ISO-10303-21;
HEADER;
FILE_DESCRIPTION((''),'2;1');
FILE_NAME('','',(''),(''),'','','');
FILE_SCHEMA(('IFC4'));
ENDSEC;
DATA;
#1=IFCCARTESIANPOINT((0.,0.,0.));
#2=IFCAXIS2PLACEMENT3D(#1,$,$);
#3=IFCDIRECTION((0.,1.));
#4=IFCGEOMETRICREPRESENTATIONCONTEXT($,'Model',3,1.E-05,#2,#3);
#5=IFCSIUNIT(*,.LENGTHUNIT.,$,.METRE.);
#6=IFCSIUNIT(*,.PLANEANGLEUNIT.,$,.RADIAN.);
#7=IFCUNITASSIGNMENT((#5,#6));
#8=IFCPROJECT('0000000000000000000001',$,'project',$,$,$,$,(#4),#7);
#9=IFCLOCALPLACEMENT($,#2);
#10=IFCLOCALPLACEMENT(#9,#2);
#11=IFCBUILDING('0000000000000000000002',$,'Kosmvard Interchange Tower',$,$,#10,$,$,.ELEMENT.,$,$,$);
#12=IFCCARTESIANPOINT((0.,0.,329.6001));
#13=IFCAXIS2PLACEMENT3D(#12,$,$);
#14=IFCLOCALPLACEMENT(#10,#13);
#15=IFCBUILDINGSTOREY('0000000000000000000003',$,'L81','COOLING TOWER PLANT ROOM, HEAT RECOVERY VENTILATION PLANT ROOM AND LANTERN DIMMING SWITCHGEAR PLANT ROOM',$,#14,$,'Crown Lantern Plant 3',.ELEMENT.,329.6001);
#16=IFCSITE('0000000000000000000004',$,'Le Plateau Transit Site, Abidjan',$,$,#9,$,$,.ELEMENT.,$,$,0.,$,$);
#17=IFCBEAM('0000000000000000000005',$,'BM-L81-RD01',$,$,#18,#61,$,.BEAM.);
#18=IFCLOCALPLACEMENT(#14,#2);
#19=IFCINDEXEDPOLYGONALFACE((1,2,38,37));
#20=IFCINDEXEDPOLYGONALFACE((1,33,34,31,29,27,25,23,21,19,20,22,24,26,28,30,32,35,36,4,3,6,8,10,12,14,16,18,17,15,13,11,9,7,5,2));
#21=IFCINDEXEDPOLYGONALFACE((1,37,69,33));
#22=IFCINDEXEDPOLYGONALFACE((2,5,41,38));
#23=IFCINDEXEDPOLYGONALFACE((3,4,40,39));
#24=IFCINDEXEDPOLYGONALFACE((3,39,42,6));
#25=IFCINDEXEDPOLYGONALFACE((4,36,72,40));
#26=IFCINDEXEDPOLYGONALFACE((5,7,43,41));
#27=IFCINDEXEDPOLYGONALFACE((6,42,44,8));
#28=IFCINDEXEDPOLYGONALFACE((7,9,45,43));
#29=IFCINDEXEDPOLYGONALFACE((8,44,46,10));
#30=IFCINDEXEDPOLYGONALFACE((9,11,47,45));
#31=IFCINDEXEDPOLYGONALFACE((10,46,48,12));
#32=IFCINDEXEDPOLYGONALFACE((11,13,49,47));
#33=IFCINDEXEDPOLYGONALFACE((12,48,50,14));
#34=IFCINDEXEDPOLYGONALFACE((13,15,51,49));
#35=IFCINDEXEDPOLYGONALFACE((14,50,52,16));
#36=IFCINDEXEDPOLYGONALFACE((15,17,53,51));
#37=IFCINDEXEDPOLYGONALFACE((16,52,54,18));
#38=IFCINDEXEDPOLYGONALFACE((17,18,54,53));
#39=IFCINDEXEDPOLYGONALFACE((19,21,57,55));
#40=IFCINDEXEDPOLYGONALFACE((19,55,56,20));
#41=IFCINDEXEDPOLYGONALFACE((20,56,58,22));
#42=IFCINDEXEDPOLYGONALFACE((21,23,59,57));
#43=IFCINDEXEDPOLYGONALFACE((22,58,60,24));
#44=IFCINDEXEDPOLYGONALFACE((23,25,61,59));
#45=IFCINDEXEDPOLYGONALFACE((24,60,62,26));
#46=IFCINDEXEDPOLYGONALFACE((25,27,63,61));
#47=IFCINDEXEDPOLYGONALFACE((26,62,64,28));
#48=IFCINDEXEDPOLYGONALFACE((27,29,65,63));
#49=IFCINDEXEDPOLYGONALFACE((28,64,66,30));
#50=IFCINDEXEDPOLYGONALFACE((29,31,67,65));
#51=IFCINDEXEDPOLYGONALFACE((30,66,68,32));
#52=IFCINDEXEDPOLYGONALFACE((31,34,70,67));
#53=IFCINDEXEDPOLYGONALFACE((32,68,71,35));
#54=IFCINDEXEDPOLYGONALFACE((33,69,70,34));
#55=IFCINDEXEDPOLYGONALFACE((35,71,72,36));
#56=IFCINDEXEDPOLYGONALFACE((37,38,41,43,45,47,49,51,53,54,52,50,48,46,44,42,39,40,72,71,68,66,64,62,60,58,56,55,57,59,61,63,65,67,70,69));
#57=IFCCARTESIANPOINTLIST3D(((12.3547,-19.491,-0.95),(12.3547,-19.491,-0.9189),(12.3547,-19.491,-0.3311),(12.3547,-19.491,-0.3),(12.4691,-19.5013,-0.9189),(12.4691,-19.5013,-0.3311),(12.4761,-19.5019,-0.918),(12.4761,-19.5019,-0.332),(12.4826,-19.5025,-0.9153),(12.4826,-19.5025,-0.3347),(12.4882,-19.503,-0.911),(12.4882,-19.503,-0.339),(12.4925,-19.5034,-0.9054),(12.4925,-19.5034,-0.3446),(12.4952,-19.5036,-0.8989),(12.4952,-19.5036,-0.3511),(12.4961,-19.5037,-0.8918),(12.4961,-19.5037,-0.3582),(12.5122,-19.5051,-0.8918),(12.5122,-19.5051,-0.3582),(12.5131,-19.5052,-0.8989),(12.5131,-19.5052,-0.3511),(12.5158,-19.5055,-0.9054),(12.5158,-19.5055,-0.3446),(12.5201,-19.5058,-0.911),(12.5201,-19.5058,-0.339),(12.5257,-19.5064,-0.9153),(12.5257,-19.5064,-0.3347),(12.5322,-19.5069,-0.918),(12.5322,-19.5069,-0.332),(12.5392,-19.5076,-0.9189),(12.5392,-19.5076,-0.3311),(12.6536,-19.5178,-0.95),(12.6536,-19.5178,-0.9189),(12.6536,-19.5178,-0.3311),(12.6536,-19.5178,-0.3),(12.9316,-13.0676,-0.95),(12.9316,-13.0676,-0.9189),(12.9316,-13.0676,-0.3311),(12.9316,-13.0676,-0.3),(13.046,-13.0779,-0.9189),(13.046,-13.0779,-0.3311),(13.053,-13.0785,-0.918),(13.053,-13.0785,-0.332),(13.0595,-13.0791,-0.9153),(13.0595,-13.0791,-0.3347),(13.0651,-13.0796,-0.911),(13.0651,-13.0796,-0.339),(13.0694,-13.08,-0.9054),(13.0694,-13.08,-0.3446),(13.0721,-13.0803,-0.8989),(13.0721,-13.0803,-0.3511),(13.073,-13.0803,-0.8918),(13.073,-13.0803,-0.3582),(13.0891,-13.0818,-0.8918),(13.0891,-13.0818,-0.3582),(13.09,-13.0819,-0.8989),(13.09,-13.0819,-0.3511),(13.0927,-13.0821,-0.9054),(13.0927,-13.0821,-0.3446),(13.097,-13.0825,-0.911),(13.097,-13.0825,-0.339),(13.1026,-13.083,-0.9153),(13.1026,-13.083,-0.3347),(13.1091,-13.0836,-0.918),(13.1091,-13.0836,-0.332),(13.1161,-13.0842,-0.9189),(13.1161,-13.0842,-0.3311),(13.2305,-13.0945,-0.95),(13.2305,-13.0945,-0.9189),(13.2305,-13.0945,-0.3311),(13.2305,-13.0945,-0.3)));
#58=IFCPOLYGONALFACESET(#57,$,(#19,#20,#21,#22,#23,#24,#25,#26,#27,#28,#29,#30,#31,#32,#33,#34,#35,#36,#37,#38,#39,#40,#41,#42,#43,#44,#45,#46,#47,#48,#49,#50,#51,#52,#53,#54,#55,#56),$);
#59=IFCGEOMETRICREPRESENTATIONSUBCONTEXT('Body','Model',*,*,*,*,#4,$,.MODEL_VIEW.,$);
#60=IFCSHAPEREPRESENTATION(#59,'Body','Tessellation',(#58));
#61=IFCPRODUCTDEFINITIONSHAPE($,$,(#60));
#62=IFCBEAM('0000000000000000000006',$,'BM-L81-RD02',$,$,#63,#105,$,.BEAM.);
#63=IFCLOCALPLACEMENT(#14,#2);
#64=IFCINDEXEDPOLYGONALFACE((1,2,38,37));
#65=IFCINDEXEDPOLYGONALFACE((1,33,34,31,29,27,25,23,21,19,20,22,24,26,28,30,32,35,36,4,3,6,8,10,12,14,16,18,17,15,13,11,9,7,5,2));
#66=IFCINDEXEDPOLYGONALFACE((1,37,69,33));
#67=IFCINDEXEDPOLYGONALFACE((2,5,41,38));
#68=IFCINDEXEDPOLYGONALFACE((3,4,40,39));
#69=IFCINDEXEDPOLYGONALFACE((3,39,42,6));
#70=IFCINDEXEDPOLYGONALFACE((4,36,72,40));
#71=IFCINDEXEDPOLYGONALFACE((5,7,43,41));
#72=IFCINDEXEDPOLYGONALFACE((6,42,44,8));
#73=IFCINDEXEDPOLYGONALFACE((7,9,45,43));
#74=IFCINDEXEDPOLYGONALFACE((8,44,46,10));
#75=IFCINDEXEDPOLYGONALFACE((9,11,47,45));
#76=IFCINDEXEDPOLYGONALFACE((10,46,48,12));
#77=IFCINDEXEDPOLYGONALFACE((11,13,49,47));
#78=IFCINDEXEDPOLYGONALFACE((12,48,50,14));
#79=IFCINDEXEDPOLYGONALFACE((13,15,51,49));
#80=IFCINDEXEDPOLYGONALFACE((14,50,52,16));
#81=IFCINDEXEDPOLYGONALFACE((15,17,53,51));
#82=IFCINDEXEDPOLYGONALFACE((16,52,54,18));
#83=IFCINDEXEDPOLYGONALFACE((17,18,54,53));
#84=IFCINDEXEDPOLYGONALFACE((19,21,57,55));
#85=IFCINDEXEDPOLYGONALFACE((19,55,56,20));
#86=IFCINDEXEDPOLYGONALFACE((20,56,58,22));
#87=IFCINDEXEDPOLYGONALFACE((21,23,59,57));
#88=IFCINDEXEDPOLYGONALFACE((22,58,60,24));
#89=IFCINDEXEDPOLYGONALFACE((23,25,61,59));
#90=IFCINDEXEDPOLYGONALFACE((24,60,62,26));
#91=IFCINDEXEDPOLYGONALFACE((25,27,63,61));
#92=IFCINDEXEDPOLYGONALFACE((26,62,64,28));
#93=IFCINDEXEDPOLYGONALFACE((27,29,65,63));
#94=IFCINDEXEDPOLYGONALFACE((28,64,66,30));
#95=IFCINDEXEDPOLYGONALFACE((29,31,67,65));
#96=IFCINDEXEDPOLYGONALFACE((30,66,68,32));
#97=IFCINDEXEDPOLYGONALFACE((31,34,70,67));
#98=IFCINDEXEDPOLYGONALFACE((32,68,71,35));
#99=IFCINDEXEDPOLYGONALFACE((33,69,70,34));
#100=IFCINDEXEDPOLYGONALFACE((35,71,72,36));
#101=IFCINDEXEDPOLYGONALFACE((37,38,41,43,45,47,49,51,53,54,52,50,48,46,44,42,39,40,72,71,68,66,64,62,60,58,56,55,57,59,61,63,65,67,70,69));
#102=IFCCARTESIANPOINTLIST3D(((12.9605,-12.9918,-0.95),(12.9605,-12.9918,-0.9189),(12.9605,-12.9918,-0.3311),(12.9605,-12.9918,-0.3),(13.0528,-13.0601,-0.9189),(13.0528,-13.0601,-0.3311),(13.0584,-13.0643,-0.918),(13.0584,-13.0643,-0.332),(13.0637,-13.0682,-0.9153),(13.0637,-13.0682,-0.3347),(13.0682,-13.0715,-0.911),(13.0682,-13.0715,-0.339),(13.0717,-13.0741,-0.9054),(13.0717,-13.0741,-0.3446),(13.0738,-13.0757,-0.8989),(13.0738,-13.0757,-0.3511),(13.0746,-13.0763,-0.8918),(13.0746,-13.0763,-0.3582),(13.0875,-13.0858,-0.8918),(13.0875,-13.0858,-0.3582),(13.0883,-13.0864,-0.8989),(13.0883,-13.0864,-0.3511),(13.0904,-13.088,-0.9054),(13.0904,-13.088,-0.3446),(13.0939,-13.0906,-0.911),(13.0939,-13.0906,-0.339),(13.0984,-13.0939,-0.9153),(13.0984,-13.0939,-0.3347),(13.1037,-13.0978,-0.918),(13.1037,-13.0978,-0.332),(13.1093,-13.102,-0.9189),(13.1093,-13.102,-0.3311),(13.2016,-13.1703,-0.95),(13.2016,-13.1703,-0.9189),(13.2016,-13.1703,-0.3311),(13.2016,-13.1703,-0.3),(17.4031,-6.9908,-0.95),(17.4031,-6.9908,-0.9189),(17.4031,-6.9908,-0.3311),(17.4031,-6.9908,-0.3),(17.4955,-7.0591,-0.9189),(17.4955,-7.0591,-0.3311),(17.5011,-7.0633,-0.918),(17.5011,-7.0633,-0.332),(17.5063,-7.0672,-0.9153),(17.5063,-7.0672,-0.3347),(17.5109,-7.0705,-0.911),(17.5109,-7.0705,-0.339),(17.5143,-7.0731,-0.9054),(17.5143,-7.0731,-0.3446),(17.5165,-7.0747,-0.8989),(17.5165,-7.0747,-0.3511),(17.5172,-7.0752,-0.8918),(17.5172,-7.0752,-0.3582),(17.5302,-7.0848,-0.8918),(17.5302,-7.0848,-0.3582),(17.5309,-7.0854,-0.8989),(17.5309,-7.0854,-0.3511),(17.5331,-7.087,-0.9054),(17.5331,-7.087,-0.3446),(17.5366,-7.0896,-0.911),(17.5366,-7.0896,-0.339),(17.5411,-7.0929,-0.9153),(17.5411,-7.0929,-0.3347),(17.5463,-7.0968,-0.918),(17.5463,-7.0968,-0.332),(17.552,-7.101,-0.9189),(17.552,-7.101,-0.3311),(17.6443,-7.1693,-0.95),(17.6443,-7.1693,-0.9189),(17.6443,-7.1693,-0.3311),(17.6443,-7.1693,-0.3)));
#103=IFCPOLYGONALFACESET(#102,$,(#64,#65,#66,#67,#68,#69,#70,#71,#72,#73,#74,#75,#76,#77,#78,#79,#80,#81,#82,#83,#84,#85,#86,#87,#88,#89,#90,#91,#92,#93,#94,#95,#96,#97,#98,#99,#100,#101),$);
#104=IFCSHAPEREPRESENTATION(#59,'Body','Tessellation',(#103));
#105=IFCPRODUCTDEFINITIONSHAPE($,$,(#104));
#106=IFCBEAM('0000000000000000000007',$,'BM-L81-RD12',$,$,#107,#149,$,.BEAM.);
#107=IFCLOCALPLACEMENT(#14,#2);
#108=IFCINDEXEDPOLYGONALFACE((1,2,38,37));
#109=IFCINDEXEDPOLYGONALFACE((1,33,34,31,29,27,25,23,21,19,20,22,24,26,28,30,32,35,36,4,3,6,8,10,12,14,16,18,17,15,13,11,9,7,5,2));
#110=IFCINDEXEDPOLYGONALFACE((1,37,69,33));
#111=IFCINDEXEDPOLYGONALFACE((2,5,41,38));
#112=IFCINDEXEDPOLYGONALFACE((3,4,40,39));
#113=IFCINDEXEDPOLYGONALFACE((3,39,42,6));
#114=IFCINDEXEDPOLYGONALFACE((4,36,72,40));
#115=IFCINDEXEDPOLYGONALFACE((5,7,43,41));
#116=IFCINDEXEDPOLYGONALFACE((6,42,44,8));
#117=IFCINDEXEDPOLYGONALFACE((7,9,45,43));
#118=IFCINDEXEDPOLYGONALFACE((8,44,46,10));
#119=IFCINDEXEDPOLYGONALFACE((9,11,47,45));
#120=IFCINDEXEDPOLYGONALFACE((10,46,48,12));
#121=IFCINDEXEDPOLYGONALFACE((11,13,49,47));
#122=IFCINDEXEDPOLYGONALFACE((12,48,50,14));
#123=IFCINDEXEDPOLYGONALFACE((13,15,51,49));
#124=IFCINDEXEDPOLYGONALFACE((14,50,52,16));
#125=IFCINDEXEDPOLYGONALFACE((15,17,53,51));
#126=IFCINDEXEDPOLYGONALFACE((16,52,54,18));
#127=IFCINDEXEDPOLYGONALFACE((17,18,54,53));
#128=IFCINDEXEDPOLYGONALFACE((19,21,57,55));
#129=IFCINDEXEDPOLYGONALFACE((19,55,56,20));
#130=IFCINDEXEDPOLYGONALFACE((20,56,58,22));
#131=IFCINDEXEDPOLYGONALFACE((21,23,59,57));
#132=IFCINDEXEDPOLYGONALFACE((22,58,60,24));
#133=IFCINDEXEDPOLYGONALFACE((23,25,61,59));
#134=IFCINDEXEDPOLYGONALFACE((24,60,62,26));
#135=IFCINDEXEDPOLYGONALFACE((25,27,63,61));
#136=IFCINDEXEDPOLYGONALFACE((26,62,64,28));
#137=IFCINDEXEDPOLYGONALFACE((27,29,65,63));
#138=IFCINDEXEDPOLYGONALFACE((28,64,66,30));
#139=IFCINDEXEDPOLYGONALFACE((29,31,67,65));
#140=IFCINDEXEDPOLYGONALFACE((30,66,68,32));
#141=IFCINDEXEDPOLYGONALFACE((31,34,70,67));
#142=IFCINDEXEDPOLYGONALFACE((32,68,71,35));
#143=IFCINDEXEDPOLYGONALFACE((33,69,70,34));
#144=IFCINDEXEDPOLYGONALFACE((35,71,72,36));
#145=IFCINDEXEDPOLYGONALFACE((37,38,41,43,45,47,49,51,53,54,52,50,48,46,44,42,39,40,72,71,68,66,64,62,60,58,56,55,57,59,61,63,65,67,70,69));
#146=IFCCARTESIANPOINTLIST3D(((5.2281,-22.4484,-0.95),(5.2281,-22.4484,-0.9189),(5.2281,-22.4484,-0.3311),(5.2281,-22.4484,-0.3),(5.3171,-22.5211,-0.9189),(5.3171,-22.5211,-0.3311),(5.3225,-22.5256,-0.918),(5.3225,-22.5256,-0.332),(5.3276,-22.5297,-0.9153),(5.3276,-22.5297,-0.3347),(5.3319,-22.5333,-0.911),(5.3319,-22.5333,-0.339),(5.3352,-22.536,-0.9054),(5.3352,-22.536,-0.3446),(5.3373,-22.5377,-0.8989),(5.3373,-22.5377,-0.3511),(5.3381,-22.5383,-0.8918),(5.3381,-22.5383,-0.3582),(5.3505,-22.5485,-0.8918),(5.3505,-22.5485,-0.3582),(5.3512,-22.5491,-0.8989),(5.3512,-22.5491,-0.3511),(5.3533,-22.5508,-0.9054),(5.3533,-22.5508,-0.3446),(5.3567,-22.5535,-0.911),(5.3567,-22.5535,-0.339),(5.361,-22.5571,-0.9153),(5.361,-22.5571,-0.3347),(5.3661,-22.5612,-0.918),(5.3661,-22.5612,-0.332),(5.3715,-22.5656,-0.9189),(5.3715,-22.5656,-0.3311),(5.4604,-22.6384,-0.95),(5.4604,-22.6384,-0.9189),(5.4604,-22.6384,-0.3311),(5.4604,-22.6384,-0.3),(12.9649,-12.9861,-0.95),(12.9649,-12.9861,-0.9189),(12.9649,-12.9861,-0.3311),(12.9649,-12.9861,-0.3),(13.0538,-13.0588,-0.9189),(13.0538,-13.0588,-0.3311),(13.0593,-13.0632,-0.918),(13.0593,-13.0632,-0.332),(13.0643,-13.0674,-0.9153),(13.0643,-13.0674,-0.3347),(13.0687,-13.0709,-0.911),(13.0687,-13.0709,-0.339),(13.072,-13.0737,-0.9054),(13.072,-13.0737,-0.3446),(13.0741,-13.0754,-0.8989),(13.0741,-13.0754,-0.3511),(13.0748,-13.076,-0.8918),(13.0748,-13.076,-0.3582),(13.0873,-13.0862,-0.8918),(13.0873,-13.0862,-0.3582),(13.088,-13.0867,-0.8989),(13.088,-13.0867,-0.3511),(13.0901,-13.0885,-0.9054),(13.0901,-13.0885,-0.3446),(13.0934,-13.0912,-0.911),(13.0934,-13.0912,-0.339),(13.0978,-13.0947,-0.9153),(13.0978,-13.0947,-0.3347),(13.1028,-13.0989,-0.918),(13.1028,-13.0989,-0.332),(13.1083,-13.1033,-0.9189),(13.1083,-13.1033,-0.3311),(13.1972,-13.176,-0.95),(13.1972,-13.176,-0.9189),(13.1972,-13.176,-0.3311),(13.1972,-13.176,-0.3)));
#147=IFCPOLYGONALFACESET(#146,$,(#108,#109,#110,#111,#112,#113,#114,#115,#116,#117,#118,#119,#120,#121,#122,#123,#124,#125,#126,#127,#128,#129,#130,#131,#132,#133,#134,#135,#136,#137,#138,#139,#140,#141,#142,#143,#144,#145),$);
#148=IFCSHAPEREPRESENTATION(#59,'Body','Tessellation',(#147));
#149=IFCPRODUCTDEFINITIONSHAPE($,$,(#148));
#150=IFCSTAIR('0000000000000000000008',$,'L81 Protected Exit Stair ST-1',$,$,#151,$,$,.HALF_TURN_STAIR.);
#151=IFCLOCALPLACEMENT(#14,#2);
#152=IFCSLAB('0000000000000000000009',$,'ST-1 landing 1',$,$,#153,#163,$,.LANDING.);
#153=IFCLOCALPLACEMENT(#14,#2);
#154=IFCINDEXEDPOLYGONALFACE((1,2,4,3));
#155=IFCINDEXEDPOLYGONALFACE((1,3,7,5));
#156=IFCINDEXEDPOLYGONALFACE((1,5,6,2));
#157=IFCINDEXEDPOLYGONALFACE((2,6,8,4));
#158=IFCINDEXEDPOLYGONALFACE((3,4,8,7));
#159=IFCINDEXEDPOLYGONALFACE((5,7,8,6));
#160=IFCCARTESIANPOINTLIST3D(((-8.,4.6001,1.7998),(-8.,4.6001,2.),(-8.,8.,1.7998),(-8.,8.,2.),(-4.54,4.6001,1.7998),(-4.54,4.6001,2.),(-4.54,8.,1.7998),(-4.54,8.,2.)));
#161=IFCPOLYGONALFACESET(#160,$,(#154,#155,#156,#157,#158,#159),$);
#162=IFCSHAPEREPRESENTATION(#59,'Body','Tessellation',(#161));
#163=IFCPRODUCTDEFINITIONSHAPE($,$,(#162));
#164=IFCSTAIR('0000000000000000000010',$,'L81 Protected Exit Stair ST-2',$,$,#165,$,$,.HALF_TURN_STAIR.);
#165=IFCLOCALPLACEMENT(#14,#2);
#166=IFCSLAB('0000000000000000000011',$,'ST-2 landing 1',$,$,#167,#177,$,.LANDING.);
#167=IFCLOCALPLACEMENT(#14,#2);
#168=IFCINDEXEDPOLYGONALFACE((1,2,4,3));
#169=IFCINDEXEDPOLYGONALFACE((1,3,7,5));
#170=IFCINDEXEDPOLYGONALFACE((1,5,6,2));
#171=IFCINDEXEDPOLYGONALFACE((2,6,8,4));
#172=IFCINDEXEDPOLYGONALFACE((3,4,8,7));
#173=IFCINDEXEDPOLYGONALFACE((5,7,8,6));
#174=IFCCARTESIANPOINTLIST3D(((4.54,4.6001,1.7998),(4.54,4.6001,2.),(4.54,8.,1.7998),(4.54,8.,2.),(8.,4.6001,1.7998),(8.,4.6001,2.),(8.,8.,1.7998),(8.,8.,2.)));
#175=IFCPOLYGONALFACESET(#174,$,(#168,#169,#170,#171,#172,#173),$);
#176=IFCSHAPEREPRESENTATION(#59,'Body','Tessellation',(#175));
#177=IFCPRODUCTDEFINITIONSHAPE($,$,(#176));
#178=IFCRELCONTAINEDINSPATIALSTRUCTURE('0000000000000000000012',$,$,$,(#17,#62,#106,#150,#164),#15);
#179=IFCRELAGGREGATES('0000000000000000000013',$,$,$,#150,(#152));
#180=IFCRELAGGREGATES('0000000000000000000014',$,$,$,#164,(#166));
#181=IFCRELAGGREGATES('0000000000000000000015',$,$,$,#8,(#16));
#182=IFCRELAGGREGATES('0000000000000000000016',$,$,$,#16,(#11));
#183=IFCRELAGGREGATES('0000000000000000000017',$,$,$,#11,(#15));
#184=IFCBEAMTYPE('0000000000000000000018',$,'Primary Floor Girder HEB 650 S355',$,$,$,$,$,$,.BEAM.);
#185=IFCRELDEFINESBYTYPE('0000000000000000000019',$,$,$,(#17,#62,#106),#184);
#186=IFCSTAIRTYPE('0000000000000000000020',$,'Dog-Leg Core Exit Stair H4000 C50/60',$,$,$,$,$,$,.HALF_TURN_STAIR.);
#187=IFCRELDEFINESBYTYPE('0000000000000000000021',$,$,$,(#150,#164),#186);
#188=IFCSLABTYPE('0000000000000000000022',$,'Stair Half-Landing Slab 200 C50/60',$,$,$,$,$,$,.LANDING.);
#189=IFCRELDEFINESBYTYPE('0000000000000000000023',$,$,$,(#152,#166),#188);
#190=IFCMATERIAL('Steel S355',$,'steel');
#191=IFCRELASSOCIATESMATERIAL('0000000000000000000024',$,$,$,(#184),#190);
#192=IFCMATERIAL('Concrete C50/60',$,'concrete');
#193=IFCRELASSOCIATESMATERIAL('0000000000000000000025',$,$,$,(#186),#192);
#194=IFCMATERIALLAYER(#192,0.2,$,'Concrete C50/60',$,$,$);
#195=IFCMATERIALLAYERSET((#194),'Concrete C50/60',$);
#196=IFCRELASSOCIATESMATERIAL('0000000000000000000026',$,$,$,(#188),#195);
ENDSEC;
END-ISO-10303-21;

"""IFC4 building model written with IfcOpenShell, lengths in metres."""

from ifc_helpers import new_model, si_unit, direction, frame, origin, origin_2d, place, context, subcontext, project, spatial, polyline, i_section, outline, extrude, source, transform, mapped, material, layer, layer_set, material_profile, profile_set, type_object, element, aggregate, save


model = new_model("IFC4")

# Units and contexts
model_context = context("Model", 3, precision=1e-05, world=origin(), true_north=direction((0.0, 1.0)))
body_context = subcontext(model_context, "Body", "Model", "MODEL_VIEW")
ifc_project = project(units=[si_unit("LENGTHUNIT", "METRE"), si_unit("PLANEANGLEUNIT", "RADIAN")], contexts=[model_context])

# Site, building, storey
site_placement = place(None, origin())
site = spatial("IfcSite", under=ifc_project, at=site_placement, Name="Le Plateau Transit Site, Abidjan", CompositionType="ELEMENT", RefElevation=0.0)
building_placement = place(site_placement, origin())
building = spatial("IfcBuilding", under=site, at=building_placement, Name="Kosmvard Interchange Tower", CompositionType="ELEMENT")
storey_placement = place(building_placement, frame((0.0, 0.0, 329.6001)))
storey = spatial("IfcBuildingStorey", under=building, at=storey_placement, Name="L81", Description="COOLING TOWER PLANT ROOM, HEAT RECOVERY VENTILATION PLANT ROOM AND LANTERN DIMMING SWITCHGEAR PLANT ROOM", LongName="Crown Lantern Plant 3", CompositionType="ELEMENT", Elevation=329.6001)

# Shared definitions
ifc_material_1 = material(Name="Concrete C50/60", Category="concrete")

# Beams
ifc_material_2 = material(Name="Steel S355", Category="steel")
ifc_material_profile_1 = material_profile(ifc_material_2, i_section(OverallWidth=0.3, OverallDepth=0.6499, WebThickness=0.0161, FlangeThickness=0.031, FilletRadius=0.0271, at=origin_2d()), Name="HEB 650")
ifc_profile_set_1 = profile_set([ifc_material_profile_1], Name="Steel S355")
beam_type_1 = type_object("IfcBeamType", Name="Primary Floor Girder HEB 650 S355", PredefinedType="BEAM", material=ifc_profile_set_1)
shared_shape_1 = source(origin(), body_context, "Body", "SweptSolid", [
    extrude(i_section(OverallWidth=0.3, OverallDepth=0.6499, WebThickness=0.0161, FlangeThickness=0.031, FilletRadius=0.0271, at=origin_2d()), origin(), (0.0, 0.0, 1.0), 6.4492),
])
beam_1_placement = place(storey_placement, frame((13.0811, -13.0811, -0.625), z_axis=(-0.089454, -0.995991, 0.0), x_axis=(0.995991, -0.089454, 0.0)))
element("IfcBeam", 1, at=beam_1_placement, inside=storey, type_object=beam_type_1, Name="BM-L81-RD01", PredefinedType="BEAM", context=body_context, shape_type="MappedRepresentation", body=[
    mapped(shared_shape_1, transform((0.0, 0.0, 0.0), scale=1.0)),
])
shared_shape_2 = source(origin(), body_context, "Body", "SweptSolid", [
    extrude(i_section(OverallWidth=0.3, OverallDepth=0.6499, WebThickness=0.0161, FlangeThickness=0.031, FilletRadius=0.0271, at=origin_2d()), origin(), (0.0, 0.0, 1.0), 7.4666),
])
beam_2_placement = place(storey_placement, frame((13.0811, -13.0811, -0.625), z_axis=(0.595008, 0.80372, 0.0), x_axis=(-0.80372, 0.595008, 0.0)))
element("IfcBeam", 2, at=beam_2_placement, inside=storey, type_object=beam_type_1, Name="BM-L81-RD02", PredefinedType="BEAM", context=body_context, shape_type="MappedRepresentation", body=[
    mapped(shared_shape_2, transform((0.0, 0.0, 0.0), scale=1.0)),
])
shared_shape_3 = source(origin(), body_context, "Body", "SweptSolid", [
    extrude(i_section(OverallWidth=0.3, OverallDepth=0.6499, WebThickness=0.0161, FlangeThickness=0.031, FilletRadius=0.0271, at=origin_2d()), origin(), (0.0, 0.0, 1.0), 12.2227),
])
beam_3_placement = place(storey_placement, frame((13.0811, -13.0811, -0.625), z_axis=(-0.632985, -0.774164, 0.0), x_axis=(0.774164, -0.632985, 0.0)))
element("IfcBeam", 3, at=beam_3_placement, inside=storey, type_object=beam_type_1, Name="BM-L81-RD12", PredefinedType="BEAM", context=body_context, shape_type="MappedRepresentation", body=[
    mapped(shared_shape_3, transform((0.0, 0.0, 0.0), scale=1.0)),
])

# Stairs, slabs
stair_type = type_object("IfcStairType", Name="Dog-Leg Core Exit Stair H4000 C50/60", PredefinedType="HALF_TURN_STAIR", material=ifc_material_1)
stair_1_placement = place(storey_placement, origin())
stair_1 = element("IfcStair", 4, at=stair_1_placement, inside=storey, type_object=stair_type, Name="L81 Protected Exit Stair ST-1", PredefinedType="HALF_TURN_STAIR")
ifc_layer_1 = layer(ifc_material_1, 0.2, Name="Concrete C50/60")
ifc_layer_set_1 = layer_set([ifc_layer_1], Name="Concrete C50/60")
slab_type = type_object("IfcSlabType", Name="Stair Half-Landing Slab 200 C50/60", PredefinedType="LANDING", material=ifc_layer_set_1)
slab_1_placement = place(storey_placement, frame((0.0, 0.0, 1.7998)))
slab_1 = element("IfcSlab", 5, at=slab_1_placement, type_object=slab_type, Name="ST-1 landing 1", PredefinedType="LANDING", context=body_context, shape_type="SweptSolid", body=[
    extrude(outline(polyline([(-4.54, 4.6001), (-4.54, 8.0), (-8.0, 8.0), (-8.0, 4.6001), (-4.54, 4.6001)])), origin(), (0.0, 0.0, 1.0), 0.2002),
])
aggregate(stair_1, [slab_1])
stair_2_placement = place(storey_placement, origin())
stair_2 = element("IfcStair", 6, at=stair_2_placement, inside=storey, type_object=stair_type, Name="L81 Protected Exit Stair ST-2", PredefinedType="HALF_TURN_STAIR")
slab_2_placement = place(storey_placement, frame((0.0, 0.0, 1.7998)))
slab_2 = element("IfcSlab", 7, at=slab_2_placement, type_object=slab_type, Name="ST-2 landing 1", PredefinedType="LANDING", context=body_context, shape_type="SweptSolid", body=[
    extrude(outline(polyline([(8.0, 4.6001), (8.0, 8.0), (4.54, 8.0), (4.54, 4.6001), (8.0, 4.6001)])), origin(), (0.0, 0.0, 1.0), 0.2002),
])
aggregate(stair_2, [slab_2])

save(model, "model.ifc")
